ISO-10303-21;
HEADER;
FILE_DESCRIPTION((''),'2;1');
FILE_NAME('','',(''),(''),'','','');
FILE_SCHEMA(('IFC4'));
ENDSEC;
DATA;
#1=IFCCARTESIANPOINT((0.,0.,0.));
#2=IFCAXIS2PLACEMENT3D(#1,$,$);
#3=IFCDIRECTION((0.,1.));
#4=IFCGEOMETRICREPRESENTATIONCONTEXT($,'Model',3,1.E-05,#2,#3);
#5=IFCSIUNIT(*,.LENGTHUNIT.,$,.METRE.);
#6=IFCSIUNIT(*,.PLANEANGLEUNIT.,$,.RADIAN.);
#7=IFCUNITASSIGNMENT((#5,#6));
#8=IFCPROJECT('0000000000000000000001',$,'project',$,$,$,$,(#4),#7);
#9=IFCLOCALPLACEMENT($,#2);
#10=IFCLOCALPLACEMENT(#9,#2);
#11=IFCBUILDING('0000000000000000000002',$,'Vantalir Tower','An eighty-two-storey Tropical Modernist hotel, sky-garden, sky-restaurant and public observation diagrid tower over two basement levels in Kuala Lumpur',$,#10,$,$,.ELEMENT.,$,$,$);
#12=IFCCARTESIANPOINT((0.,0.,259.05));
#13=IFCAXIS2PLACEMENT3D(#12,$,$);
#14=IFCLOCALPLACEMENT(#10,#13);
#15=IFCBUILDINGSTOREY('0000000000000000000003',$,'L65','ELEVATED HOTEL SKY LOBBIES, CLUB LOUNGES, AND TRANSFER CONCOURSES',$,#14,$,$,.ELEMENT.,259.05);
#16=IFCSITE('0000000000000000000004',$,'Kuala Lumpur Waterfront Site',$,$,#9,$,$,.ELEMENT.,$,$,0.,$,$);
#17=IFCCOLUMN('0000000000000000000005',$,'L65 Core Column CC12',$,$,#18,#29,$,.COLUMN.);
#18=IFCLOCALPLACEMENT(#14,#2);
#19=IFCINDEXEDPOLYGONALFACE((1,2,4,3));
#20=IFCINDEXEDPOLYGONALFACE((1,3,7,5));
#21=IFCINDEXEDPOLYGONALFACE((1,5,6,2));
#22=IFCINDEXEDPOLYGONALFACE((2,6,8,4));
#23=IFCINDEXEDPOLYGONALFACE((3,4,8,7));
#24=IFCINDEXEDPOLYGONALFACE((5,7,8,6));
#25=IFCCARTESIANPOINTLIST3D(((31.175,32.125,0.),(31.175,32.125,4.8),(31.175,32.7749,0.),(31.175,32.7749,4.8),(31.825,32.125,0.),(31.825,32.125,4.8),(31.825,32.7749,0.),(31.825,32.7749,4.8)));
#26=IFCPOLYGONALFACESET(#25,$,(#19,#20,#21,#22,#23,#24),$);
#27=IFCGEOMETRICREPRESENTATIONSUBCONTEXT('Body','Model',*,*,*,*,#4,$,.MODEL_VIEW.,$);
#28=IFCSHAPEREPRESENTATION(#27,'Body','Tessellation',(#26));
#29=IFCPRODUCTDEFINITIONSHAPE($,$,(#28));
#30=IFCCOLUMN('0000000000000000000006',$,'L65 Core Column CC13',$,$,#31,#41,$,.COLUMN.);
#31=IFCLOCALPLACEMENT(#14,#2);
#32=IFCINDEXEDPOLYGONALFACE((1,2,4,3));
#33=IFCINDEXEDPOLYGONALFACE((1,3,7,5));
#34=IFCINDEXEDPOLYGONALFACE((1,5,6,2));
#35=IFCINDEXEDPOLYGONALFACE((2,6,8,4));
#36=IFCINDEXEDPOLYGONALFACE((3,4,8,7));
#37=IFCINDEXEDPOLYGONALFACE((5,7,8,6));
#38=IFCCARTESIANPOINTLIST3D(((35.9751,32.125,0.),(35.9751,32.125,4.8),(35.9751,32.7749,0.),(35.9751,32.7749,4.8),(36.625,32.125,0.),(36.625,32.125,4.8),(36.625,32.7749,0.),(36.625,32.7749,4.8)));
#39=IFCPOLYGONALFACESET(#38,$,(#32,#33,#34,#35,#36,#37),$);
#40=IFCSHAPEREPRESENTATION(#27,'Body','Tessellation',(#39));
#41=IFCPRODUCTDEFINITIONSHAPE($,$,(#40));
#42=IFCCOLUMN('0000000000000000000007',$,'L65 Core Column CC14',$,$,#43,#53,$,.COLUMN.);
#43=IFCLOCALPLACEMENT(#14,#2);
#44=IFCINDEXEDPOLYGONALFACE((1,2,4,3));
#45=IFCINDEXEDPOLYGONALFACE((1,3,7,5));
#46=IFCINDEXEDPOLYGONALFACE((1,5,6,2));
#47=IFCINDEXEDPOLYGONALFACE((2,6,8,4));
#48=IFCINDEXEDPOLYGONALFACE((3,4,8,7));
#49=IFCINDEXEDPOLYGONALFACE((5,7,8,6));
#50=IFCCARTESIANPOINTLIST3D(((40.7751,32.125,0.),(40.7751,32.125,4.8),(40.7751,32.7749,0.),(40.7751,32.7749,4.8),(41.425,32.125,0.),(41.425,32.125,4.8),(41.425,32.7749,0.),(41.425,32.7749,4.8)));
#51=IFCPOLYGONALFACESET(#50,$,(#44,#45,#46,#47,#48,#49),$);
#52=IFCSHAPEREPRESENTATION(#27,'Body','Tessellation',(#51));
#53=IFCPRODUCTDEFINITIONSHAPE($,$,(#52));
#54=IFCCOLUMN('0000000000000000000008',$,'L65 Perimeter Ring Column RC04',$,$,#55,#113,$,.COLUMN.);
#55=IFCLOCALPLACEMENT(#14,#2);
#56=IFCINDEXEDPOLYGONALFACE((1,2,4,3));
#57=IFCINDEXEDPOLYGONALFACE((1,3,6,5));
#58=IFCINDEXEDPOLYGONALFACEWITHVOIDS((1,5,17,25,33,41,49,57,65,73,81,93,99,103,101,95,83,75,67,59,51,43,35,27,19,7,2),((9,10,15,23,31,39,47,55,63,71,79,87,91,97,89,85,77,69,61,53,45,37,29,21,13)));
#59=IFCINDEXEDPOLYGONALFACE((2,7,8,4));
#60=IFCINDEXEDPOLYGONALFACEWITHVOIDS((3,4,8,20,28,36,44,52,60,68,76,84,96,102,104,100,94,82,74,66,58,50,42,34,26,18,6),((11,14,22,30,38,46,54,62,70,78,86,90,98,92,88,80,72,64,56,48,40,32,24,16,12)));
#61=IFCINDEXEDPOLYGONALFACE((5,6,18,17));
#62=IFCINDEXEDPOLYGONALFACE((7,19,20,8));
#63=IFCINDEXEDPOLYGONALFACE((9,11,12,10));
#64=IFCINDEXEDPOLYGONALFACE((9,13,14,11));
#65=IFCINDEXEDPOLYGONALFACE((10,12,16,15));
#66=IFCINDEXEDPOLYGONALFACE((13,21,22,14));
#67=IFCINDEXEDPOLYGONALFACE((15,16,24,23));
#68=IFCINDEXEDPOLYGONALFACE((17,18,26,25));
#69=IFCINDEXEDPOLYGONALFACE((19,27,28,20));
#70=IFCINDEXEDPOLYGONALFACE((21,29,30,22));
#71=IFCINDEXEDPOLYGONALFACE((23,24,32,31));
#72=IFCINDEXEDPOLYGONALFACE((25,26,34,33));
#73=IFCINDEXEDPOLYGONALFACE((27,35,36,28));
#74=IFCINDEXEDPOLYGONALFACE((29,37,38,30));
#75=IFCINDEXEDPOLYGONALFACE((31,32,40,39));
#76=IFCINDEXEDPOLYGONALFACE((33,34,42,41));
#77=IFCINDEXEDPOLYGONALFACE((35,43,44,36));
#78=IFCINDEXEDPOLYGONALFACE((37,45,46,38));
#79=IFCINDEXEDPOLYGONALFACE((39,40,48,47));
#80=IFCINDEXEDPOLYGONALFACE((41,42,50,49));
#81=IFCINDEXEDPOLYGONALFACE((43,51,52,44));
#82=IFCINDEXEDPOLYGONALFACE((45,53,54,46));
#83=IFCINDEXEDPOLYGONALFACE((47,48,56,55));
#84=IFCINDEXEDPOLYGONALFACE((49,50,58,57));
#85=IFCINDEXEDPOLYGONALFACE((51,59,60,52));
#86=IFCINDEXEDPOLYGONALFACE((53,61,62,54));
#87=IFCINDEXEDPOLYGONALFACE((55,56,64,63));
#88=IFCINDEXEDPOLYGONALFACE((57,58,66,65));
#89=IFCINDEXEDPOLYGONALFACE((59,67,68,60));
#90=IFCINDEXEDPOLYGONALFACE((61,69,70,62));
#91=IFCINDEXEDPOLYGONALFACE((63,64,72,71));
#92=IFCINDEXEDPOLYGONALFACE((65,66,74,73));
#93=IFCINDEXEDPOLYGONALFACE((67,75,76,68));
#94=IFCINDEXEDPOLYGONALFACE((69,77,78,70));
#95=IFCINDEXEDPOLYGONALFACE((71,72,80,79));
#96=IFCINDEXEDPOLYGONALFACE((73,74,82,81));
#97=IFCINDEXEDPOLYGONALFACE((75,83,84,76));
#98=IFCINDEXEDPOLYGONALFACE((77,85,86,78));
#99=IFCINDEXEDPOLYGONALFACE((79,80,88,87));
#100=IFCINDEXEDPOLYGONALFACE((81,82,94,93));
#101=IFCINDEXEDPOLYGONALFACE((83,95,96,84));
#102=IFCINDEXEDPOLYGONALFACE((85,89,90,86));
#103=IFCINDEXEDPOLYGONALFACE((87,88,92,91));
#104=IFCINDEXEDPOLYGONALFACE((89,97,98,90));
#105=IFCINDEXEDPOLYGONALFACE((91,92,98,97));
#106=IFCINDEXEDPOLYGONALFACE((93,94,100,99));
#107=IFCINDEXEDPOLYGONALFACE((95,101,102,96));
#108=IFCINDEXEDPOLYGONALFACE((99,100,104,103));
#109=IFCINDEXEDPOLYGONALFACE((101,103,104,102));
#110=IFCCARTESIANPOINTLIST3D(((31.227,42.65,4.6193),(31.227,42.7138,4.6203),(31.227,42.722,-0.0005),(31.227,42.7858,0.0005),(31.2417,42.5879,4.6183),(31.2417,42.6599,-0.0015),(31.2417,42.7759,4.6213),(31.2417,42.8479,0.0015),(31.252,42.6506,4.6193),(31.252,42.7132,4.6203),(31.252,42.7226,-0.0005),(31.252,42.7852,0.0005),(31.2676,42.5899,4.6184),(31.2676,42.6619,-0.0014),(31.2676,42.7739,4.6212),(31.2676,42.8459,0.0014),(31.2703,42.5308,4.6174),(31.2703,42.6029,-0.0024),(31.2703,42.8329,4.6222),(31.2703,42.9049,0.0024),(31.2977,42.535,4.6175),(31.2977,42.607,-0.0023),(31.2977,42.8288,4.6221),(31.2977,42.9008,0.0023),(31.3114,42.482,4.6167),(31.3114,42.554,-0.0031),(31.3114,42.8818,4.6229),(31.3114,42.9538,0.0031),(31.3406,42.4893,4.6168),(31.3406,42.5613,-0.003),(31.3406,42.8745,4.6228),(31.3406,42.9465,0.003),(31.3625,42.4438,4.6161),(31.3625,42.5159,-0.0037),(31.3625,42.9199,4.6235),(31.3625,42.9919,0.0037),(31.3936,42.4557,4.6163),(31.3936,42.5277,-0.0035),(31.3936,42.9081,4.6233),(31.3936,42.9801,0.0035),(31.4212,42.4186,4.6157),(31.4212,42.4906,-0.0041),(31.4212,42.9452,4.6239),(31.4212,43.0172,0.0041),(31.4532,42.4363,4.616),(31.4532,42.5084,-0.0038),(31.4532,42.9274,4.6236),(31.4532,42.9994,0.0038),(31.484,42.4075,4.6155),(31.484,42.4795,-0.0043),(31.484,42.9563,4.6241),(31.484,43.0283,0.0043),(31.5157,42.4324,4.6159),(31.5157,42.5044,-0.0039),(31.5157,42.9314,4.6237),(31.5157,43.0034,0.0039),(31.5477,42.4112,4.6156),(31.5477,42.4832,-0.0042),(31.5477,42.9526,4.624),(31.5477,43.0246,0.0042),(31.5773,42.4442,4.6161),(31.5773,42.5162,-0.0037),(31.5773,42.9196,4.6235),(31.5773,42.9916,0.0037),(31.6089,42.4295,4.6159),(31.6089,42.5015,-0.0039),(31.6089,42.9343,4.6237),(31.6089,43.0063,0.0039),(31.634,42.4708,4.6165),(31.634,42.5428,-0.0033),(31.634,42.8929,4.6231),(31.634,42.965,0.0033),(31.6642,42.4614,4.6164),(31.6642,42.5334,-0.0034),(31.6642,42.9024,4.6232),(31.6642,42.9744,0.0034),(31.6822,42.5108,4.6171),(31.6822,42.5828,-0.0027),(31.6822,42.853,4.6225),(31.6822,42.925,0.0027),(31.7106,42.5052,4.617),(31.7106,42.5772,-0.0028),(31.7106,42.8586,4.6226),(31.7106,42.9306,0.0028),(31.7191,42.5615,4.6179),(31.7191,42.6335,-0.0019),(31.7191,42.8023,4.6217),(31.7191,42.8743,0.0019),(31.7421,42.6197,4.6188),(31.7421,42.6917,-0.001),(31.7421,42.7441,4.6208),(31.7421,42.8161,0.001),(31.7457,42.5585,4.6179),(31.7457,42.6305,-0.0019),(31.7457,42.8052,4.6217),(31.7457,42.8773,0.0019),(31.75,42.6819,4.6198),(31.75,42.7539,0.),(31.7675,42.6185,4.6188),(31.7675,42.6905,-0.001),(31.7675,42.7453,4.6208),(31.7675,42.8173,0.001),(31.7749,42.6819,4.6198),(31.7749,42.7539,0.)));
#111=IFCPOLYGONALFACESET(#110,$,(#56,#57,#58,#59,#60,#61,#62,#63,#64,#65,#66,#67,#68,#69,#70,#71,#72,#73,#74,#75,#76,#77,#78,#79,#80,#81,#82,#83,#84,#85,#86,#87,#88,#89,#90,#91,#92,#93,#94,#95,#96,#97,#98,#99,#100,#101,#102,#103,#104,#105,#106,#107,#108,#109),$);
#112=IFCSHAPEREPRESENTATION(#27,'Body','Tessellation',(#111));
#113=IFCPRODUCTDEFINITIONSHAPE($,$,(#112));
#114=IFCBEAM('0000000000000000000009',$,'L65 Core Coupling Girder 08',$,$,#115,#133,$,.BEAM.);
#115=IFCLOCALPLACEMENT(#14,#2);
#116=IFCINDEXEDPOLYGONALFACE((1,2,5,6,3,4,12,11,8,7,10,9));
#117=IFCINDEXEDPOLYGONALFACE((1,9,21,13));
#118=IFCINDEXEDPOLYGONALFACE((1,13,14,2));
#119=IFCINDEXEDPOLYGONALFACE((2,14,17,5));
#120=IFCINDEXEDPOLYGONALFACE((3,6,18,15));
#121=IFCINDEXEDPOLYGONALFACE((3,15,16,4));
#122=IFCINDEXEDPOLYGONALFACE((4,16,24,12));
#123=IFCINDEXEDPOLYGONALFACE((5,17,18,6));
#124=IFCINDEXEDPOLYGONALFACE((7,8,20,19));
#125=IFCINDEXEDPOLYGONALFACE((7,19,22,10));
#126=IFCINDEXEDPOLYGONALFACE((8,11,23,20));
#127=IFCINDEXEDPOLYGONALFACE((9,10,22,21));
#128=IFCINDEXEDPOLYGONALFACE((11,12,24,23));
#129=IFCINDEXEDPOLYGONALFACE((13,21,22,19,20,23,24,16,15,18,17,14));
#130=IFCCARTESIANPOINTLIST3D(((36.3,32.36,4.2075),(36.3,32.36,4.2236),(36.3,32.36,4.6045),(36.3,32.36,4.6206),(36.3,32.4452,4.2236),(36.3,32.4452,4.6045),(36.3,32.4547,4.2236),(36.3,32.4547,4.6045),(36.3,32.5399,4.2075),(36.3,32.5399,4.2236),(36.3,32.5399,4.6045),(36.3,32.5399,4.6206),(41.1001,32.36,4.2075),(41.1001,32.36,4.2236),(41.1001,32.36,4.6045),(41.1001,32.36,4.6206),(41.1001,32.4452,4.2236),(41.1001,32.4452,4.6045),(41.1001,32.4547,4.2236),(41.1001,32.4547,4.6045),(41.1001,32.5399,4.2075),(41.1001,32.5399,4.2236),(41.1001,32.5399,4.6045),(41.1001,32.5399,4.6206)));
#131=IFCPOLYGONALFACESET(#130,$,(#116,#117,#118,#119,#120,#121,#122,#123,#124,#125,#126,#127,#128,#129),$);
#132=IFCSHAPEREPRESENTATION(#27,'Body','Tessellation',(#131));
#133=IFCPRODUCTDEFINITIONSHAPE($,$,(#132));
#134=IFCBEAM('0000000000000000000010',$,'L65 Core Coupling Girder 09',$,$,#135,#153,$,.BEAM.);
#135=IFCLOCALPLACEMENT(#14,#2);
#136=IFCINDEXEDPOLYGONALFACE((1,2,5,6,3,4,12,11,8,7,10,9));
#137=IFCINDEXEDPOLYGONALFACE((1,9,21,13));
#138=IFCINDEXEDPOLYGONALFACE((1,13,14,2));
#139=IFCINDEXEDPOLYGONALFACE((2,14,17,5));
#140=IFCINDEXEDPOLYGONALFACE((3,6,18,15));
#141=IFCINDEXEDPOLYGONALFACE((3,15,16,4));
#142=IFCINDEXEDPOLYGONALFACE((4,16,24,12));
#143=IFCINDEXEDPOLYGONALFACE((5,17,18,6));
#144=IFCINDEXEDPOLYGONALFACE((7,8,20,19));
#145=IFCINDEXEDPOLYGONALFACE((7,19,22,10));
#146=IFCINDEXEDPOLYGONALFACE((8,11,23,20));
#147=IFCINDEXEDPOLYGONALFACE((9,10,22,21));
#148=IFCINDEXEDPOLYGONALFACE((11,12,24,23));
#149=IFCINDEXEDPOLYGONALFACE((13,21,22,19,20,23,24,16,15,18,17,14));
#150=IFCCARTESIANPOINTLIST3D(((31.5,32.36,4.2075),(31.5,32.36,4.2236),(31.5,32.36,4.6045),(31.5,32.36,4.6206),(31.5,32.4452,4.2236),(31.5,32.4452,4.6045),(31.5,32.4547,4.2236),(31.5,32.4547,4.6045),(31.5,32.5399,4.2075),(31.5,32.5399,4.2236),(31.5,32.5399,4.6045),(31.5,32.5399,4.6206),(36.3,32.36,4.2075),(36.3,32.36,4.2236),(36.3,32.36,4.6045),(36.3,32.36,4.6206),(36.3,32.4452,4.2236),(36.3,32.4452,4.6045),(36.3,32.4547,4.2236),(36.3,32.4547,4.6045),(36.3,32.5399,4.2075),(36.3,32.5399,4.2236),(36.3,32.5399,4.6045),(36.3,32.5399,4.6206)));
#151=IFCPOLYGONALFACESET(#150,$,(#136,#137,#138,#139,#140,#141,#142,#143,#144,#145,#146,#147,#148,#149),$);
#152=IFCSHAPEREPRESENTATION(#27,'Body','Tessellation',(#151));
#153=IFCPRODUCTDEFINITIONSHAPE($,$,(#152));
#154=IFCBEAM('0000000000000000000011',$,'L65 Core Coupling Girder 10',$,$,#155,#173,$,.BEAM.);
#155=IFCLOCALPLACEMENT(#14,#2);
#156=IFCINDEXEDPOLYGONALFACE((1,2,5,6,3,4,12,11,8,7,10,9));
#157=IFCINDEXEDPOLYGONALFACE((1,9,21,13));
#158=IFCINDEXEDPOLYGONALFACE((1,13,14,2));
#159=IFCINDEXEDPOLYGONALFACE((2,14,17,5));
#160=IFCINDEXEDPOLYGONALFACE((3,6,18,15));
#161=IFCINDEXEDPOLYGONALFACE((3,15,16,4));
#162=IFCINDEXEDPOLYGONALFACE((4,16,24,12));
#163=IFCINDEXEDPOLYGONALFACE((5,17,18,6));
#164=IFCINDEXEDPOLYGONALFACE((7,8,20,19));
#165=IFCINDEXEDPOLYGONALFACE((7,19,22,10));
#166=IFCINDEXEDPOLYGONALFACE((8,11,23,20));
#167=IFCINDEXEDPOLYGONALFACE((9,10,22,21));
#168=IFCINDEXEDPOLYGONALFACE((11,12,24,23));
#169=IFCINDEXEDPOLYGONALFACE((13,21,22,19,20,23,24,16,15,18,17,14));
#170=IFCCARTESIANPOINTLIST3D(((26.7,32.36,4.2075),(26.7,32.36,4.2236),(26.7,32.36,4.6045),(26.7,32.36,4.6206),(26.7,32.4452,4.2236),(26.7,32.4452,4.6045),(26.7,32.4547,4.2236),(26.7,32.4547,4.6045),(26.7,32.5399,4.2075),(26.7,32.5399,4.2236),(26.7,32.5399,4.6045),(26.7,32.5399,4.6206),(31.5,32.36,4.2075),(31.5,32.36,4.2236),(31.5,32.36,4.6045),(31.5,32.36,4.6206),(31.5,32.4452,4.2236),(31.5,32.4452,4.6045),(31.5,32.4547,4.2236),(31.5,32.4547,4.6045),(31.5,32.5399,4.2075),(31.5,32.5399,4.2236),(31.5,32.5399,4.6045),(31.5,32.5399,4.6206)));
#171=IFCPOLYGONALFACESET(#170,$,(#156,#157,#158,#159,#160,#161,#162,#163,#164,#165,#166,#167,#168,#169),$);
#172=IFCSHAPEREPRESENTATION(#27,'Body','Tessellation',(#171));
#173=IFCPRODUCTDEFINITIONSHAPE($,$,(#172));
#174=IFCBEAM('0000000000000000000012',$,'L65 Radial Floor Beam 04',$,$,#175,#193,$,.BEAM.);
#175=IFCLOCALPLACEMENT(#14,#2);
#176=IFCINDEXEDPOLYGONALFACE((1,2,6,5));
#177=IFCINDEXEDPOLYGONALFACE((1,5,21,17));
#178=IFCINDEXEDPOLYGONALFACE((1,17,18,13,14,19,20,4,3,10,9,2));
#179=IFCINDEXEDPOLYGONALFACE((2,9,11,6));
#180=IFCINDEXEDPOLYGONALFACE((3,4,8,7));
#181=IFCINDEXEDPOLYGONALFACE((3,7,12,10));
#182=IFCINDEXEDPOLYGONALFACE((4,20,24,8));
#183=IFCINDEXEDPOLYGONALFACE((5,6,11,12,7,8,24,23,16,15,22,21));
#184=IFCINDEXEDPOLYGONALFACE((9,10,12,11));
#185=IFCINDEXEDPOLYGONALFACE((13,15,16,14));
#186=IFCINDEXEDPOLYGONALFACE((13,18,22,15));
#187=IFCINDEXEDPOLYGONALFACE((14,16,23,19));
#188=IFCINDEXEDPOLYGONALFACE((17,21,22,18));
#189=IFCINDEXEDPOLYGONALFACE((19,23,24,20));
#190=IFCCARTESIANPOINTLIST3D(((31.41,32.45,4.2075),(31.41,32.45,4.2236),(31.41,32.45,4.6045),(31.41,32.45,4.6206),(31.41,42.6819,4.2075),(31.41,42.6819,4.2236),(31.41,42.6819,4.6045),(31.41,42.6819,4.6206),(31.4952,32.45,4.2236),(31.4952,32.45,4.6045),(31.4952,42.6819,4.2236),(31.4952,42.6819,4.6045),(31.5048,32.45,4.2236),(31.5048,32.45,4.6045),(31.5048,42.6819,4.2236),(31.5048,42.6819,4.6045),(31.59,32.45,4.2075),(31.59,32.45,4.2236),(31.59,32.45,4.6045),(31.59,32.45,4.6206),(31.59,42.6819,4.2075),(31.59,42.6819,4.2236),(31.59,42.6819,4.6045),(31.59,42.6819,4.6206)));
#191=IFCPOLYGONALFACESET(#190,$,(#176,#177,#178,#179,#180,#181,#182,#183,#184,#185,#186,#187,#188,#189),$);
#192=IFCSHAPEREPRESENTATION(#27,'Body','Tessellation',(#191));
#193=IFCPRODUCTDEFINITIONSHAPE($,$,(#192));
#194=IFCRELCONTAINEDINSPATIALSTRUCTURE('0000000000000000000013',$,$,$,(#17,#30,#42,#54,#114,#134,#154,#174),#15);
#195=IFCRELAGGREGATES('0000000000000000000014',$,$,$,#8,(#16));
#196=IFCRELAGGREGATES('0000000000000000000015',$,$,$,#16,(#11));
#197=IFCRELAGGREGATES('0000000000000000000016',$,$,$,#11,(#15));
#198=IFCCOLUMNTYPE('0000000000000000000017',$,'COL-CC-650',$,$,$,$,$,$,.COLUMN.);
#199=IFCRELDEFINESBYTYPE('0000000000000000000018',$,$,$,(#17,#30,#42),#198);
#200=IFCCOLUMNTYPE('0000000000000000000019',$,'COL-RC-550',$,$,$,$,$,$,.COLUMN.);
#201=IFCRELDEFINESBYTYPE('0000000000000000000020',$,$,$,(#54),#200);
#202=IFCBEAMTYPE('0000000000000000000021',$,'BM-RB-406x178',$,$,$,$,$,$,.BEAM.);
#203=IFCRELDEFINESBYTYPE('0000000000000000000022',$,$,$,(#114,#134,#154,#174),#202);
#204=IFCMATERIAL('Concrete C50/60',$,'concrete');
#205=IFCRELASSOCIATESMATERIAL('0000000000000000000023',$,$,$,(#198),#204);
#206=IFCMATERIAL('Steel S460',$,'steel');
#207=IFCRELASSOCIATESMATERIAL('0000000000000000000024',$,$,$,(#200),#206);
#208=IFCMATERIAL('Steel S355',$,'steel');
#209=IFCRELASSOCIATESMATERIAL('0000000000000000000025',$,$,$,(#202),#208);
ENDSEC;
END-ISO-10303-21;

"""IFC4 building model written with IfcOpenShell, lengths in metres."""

from ifc_helpers import new_model, si_unit, direction, frame, origin, origin_2d, place, context, subcontext, project, spatial, rectangle, hollow_circle, i_section, extrude, material, material_profile, profile_set, type_object, element, save


model = new_model("IFC4")

# Units and contexts
model_context = context("Model", 3, precision=1e-05, world=origin(), true_north=direction((0.0, 1.0)))
body_context = subcontext(model_context, "Body", "Model", "MODEL_VIEW")
ifc_project = project(units=[si_unit("LENGTHUNIT", "METRE"), si_unit("PLANEANGLEUNIT", "RADIAN")], contexts=[model_context])

# Site, building, storey
site_placement = place(None, origin())
site = spatial("IfcSite", under=ifc_project, at=site_placement, Name="Kuala Lumpur Waterfront Site", CompositionType="ELEMENT", RefElevation=0.0)
building_placement = place(site_placement, origin())
building = spatial("IfcBuilding", under=site, at=building_placement, Name="Vantalir Tower", Description="An eighty-two-storey Tropical Modernist hotel, sky-garden, sky-restaurant and public observation diagrid tower over two basement levels in Kuala Lumpur", CompositionType="ELEMENT")
storey_placement = place(building_placement, frame((0.0, 0.0, 259.05)))
storey = spatial("IfcBuildingStorey", under=building, at=storey_placement, Name="L65", Description="ELEVATED HOTEL SKY LOBBIES, CLUB LOUNGES, AND TRANSFER CONCOURSES", CompositionType="ELEMENT", Elevation=259.05)

# Columns
ifc_material_1 = material(Name="Concrete C50/60", Category="concrete")
ifc_material_profile_1 = material_profile(ifc_material_1, rectangle(XDim=0.6499, YDim=0.6499, at=origin_2d()), Name="Concrete C50/60")
ifc_profile_set_1 = profile_set([ifc_material_profile_1], Name="Concrete C50/60")
column_type_1 = type_object("IfcColumnType", Name="COL-CC-650", PredefinedType="COLUMN", material=ifc_profile_set_1)
for number, where, z_axis, x_axis, name in (
    (1, (31.5, 32.45, 0.0), (0.0, 0.0, 1.0), (1.0, 0.0, 0.0), "L65 Core Column CC12"),
    (2, (36.3, 32.45, 0.0), (0.0, 0.0, 1.0), (1.0, 0.0, 0.0), "L65 Core Column CC13"),
    (3, (41.1001, 32.45, 0.0), (0.0, 0.0, 1.0), (1.0, 0.0, 0.0), "L65 Core Column CC14"),
):
    element("IfcColumn", number, at=place(storey_placement, frame(where, z_axis=z_axis, x_axis=x_axis)), inside=storey, type_object=column_type_1, Name=name, PredefinedType="COLUMN", context=body_context, shape_type="SweptSolid", body=[
        extrude(rectangle(XDim=0.6499, YDim=0.6499, at=origin_2d()), origin(), (0.0, 0.0, 1.0), 4.8),
    ])
ifc_material_2 = material(Name="Steel S460", Category="steel")
ifc_material_profile_2 = material_profile(ifc_material_2, hollow_circle(Radius=0.2749, WallThickness=0.0249, at=origin_2d()), Name="Steel S460")
ifc_profile_set_2 = profile_set([ifc_material_profile_2], Name="Steel S460")
column_type_2 = type_object("IfcColumnType", Name="COL-RC-550", PredefinedType="COLUMN", material=ifc_profile_set_2)
column_placement = place(storey_placement, frame((31.5, 42.7539, 0.0), z_axis=(0.0, -0.015588, 0.999879), x_axis=(1.0, 0.0, 0.0)))
element("IfcColumn", 4, at=column_placement, inside=storey, type_object=column_type_2, Name="L65 Perimeter Ring Column RC04", PredefinedType="COLUMN", context=body_context, shape_type="SweptSolid", body=[
    extrude(hollow_circle(Radius=0.2749, WallThickness=0.0249, at=origin_2d()), origin(), (0.0, 0.0, 1.0), 4.6204),
])

# Beams
ifc_material_3 = material(Name="Steel S355", Category="steel")
ifc_material_profile_3 = material_profile(ifc_material_3, i_section(OverallWidth=0.1799, OverallDepth=0.4131, WebThickness=0.0095, FlangeThickness=0.0161, at=origin_2d()), Name="Steel S355")
ifc_profile_set_3 = profile_set([ifc_material_profile_3], Name="Steel S355")
beam_type_1 = type_object("IfcBeamType", Name="BM-RB-406x178", PredefinedType="BEAM", material=ifc_profile_set_3)
for number, where, z_axis, x_axis, name in (
    (5, (41.1001, 32.45, 4.4141), (-1.0, 0.0, 0.0), (0.0, -1.0, 0.0), "L65 Core Coupling Girder 08"),
    (6, (36.3, 32.45, 4.4141), (-1.0, 0.0, 0.0), (0.0, -1.0, 0.0), "L65 Core Coupling Girder 09"),
    (7, (31.5, 32.45, 4.4141), (-1.0, 0.0, 0.0), (0.0, -1.0, 0.0), "L65 Core Coupling Girder 10"),
):
    element("IfcBeam", number, at=place(storey_placement, frame(where, z_axis=z_axis, x_axis=x_axis)), inside=storey, type_object=beam_type_1, Name=name, PredefinedType="BEAM", context=body_context, shape_type="SweptSolid", body=[
        extrude(i_section(OverallWidth=0.1799, OverallDepth=0.4131, WebThickness=0.0095, FlangeThickness=0.0161, at=origin_2d()), origin(), (0.0, 0.0, 1.0), 4.8),
    ])
beam_1_placement = place(storey_placement, frame((31.5, 42.6819, 4.4141), z_axis=(0.0, -1.0, 0.0), x_axis=(1.0, 0.0, 0.0)))
element("IfcBeam", 8, at=beam_1_placement, inside=storey, type_object=beam_type_1, Name="L65 Radial Floor Beam 04", PredefinedType="BEAM", context=body_context, shape_type="SweptSolid", body=[
    extrude(i_section(OverallWidth=0.1799, OverallDepth=0.4131, WebThickness=0.0095, FlangeThickness=0.0161, at=origin_2d()), origin(), (0.0, 0.0, 1.0), 10.2319),
])

save(model, "model.ifc")
